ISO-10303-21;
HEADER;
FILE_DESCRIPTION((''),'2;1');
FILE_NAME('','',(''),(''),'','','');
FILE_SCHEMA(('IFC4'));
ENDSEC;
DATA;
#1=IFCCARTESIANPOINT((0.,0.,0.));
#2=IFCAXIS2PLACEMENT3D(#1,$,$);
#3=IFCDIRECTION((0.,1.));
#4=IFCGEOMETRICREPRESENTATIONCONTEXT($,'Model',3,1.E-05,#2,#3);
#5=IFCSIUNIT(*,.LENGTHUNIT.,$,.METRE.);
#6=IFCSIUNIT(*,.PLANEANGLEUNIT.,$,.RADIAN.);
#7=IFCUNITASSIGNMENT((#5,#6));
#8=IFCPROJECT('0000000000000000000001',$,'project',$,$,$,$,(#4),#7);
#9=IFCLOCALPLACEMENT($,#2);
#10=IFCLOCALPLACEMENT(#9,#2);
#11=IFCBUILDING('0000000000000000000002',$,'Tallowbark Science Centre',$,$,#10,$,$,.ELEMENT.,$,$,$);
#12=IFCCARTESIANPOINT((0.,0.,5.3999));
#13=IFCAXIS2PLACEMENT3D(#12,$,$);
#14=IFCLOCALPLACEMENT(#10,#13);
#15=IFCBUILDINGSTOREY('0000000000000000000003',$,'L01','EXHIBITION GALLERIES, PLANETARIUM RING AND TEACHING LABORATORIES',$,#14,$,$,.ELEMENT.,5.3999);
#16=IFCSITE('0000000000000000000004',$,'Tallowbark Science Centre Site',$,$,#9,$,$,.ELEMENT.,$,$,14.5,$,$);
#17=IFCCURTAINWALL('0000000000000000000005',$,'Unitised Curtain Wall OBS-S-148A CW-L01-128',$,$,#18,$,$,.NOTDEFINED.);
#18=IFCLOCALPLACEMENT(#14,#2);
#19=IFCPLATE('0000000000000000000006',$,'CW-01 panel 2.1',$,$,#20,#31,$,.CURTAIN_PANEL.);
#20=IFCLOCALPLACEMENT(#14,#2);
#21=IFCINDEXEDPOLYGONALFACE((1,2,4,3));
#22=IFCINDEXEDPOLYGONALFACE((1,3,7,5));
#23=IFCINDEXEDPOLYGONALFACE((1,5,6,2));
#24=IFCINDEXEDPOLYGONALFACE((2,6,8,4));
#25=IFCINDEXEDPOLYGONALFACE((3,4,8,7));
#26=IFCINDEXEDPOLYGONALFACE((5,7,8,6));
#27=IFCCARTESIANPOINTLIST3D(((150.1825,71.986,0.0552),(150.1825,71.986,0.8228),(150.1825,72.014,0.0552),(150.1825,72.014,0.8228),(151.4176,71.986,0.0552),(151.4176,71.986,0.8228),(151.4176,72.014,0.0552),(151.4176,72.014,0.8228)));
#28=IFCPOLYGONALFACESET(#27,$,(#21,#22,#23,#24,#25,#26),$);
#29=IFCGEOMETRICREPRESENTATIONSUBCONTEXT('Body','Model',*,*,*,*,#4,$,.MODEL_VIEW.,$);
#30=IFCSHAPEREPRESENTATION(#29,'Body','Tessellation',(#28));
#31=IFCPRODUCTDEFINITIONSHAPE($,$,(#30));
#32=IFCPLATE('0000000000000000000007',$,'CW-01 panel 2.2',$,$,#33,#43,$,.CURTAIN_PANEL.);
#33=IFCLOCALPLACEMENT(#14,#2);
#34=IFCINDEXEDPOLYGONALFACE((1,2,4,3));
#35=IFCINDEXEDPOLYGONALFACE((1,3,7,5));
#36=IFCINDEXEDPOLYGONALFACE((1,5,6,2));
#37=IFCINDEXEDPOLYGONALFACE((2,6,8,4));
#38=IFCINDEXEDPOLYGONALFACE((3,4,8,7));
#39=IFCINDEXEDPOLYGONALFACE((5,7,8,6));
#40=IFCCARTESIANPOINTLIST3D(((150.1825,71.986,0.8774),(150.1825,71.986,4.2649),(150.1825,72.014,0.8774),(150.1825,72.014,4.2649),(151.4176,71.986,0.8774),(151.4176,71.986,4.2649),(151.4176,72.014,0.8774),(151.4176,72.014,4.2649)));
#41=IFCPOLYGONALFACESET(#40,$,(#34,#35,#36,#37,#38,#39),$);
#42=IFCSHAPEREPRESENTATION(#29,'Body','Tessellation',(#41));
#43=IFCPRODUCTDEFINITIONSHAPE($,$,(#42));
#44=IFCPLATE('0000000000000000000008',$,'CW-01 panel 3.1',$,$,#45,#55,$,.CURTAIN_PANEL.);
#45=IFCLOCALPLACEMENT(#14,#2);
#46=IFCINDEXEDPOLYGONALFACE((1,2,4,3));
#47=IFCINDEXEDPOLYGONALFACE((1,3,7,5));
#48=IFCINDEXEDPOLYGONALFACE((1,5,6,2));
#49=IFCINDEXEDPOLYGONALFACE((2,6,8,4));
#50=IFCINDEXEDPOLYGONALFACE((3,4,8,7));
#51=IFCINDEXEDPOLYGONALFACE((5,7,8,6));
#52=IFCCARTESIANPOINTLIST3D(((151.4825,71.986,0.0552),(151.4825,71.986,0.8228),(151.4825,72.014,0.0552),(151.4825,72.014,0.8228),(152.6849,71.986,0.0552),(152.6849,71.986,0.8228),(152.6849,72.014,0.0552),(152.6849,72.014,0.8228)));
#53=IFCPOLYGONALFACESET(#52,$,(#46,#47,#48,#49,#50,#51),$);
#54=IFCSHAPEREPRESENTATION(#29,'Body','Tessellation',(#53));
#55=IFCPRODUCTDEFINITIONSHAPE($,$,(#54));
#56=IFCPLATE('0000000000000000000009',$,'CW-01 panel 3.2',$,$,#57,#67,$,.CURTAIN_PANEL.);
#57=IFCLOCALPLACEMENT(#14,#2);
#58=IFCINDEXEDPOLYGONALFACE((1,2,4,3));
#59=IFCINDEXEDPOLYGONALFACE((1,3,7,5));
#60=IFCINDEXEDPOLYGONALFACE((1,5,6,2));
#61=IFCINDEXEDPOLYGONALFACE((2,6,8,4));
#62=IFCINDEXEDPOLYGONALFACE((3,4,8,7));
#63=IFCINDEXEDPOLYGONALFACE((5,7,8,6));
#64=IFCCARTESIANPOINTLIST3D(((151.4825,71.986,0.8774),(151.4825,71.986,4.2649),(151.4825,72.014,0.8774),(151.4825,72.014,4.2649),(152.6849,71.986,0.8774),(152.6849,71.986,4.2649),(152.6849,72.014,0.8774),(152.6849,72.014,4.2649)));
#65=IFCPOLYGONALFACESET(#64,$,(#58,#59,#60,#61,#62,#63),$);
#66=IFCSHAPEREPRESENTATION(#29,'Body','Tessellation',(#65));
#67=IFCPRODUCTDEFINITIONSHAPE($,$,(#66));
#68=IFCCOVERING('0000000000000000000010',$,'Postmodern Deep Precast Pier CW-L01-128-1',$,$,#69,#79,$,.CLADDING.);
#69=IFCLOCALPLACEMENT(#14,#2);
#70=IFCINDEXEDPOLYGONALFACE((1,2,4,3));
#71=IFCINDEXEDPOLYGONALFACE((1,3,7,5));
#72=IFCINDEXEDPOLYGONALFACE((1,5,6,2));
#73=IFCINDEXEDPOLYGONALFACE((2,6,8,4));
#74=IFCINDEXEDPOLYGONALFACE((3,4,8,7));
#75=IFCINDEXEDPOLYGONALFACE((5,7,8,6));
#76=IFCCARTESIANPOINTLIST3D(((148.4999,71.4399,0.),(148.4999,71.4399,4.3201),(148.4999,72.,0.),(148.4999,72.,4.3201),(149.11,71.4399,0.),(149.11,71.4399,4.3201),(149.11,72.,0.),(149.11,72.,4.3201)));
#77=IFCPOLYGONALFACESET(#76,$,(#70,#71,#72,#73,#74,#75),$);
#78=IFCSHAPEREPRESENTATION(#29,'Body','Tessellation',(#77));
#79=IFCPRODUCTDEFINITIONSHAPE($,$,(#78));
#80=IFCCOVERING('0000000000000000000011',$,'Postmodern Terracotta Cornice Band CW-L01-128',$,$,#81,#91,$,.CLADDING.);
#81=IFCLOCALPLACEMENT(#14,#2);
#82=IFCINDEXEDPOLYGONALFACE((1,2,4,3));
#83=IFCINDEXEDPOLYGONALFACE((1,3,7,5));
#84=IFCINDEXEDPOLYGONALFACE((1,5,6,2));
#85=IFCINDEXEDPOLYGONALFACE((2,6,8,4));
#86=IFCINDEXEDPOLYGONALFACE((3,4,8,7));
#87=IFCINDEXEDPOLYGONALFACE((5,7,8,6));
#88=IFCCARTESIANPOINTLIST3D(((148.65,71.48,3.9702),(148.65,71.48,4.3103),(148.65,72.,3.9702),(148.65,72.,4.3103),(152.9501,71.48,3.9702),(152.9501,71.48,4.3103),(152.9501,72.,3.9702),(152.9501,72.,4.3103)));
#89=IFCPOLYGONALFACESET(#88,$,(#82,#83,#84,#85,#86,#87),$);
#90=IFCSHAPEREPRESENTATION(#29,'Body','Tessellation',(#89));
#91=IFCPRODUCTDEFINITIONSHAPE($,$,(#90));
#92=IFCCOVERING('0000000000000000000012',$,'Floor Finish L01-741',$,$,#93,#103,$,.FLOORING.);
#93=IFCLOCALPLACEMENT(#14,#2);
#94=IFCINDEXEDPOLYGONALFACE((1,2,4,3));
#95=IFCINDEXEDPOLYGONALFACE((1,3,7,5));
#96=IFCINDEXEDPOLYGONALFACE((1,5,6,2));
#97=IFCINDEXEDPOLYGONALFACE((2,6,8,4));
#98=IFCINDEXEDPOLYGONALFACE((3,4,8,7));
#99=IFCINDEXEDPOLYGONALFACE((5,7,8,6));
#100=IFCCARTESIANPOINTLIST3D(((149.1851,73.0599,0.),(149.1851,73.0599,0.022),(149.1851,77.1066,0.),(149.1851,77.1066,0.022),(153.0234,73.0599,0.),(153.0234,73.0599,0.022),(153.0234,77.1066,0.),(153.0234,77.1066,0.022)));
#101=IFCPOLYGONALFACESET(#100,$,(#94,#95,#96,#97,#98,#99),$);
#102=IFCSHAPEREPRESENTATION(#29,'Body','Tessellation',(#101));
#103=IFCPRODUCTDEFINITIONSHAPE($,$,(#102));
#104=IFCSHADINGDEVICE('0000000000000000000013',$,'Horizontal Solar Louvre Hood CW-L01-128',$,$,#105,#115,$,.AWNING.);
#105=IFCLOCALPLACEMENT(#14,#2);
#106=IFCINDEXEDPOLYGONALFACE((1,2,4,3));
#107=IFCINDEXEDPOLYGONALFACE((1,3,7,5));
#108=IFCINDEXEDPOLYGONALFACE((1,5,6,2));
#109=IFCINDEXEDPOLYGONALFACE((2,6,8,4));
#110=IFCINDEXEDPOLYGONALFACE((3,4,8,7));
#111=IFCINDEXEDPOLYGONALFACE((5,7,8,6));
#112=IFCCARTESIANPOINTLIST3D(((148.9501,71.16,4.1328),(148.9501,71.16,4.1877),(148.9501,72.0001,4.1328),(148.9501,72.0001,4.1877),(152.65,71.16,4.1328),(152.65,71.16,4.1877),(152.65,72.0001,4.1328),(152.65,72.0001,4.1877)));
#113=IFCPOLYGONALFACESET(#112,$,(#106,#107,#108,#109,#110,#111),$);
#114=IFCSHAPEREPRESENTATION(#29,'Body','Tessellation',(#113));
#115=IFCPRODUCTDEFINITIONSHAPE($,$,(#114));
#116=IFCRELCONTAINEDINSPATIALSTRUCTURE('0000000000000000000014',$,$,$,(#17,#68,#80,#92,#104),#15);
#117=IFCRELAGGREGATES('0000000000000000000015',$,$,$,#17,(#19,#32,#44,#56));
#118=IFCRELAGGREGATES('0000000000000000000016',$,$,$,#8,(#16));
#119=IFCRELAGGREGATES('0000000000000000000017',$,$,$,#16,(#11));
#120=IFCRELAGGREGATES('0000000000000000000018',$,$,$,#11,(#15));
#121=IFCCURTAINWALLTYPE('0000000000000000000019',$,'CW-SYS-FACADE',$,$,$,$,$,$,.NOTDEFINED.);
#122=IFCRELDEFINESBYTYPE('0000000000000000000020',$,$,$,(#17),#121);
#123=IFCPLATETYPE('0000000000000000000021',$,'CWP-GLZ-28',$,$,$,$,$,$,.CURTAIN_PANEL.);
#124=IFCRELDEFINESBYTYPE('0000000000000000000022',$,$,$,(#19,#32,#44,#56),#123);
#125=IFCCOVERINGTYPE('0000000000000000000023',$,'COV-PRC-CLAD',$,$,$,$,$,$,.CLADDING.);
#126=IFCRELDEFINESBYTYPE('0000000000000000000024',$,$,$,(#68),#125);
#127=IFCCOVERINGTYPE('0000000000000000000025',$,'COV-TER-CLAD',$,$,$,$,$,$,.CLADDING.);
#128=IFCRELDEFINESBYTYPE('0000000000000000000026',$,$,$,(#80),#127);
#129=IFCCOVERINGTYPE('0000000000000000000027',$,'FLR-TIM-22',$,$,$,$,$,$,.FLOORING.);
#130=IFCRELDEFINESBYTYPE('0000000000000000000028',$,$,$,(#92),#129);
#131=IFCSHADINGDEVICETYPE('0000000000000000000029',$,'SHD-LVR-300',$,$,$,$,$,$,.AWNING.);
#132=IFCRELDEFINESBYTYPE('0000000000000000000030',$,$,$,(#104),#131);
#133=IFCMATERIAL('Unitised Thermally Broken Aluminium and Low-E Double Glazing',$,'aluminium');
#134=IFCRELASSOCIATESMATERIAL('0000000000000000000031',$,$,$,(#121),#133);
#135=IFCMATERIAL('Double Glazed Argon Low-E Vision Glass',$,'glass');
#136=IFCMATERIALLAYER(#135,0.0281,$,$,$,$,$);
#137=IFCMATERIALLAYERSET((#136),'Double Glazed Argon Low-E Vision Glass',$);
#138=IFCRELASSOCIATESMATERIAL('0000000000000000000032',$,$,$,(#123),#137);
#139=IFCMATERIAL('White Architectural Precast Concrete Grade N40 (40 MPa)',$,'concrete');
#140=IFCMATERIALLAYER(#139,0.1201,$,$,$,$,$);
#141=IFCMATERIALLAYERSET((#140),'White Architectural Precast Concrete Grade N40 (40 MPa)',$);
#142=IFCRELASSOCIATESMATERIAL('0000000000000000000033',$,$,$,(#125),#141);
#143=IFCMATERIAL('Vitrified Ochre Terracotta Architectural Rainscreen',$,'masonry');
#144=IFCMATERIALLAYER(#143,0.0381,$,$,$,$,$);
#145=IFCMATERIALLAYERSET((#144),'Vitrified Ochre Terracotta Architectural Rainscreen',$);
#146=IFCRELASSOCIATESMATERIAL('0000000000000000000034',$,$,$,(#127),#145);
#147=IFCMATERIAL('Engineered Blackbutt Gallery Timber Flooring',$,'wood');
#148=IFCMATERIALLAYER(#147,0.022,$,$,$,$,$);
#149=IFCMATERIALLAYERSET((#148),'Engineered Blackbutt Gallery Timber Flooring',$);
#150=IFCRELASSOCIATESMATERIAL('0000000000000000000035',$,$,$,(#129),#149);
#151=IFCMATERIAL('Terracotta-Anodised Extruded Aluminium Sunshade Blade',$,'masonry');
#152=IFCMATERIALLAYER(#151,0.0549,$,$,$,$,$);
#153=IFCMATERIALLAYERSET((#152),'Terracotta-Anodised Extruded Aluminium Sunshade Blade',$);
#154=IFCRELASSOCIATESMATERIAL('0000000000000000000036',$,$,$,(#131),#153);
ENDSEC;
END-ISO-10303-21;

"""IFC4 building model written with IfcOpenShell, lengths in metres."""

from ifc_helpers import new_model, si_unit, direction, frame, origin, origin_2d, place, context, subcontext, project, spatial, rectangle, extrude, material, layer, layer_set, type_object, element, aggregate, save


model = new_model("IFC4")

# Units and contexts
model_context = context("Model", 3, precision=1e-05, world=origin(), true_north=direction((0.0, 1.0)))
body_context = subcontext(model_context, "Body", "Model", "MODEL_VIEW")
ifc_project = project(units=[si_unit("LENGTHUNIT", "METRE"), si_unit("PLANEANGLEUNIT", "RADIAN")], contexts=[model_context])

# Site, building, storey
site_placement = place(None, origin())
site = spatial("IfcSite", under=ifc_project, at=site_placement, Name="Tallowbark Science Centre Site", CompositionType="ELEMENT", RefElevation=14.5)
building_placement = place(site_placement, origin())
building = spatial("IfcBuilding", under=site, at=building_placement, Name="Tallowbark Science Centre", CompositionType="ELEMENT")
storey_placement = place(building_placement, frame((0.0, 0.0, 5.3999)))
storey = spatial("IfcBuildingStorey", under=building, at=storey_placement, Name="L01", Description="EXHIBITION GALLERIES, PLANETARIUM RING AND TEACHING LABORATORIES", CompositionType="ELEMENT", Elevation=5.3999)

# Curtain wall
ifc_material_1 = material(Name="Unitised Thermally Broken Aluminium and Low-E Double Glazing", Category="aluminium")
curtain_wall_type = type_object("IfcCurtainWallType", Name="CW-SYS-FACADE", PredefinedType="NOTDEFINED", material=ifc_material_1)
curtain_wall_placement = place(storey_placement, origin())
curtain_wall = element("IfcCurtainWall", 1, at=curtain_wall_placement, inside=storey, type_object=curtain_wall_type, Name="Unitised Curtain Wall OBS-S-148A CW-L01-128", PredefinedType="NOTDEFINED")

# Plates
ifc_material_2 = material(Name="Double Glazed Argon Low-E Vision Glass", Category="glass")
ifc_layer_1 = layer(ifc_material_2, 0.0281)
ifc_layer_set_1 = layer_set([ifc_layer_1], Name="Double Glazed Argon Low-E Vision Glass")
plate_type = type_object("IfcPlateType", Name="CWP-GLZ-28", PredefinedType="CURTAIN_PANEL", material=ifc_layer_set_1)
plate_1_placement = place(storey_placement, frame((150.8, 72.0, 0.0552), z_axis=(0.0, 0.0, 1.0), x_axis=(1.0, 0.0, 0.0)))
plate_1 = element("IfcPlate", 2, at=plate_1_placement, type_object=plate_type, Name="CW-01 panel 2.1", PredefinedType="CURTAIN_PANEL", context=body_context, shape_type="SweptSolid", body=[
    extrude(rectangle(XDim=1.2351, YDim=0.0281, at=origin_2d()), origin(), (0.0, 0.0, 1.0), 0.7676),
])
plate_2_placement = place(storey_placement, frame((150.8, 72.0, 0.8774), z_axis=(0.0, 0.0, 1.0), x_axis=(1.0, 0.0, 0.0)))
plate_2 = element("IfcPlate", 3, at=plate_2_placement, type_object=plate_type, Name="CW-01 panel 2.2", PredefinedType="CURTAIN_PANEL", context=body_context, shape_type="SweptSolid", body=[
    extrude(rectangle(XDim=1.2351, YDim=0.0281, at=origin_2d()), origin(), (0.0, 0.0, 1.0), 3.3875),
])
plate_3_placement = place(storey_placement, frame((152.0837, 72.0, 0.0552), z_axis=(0.0, 0.0, 1.0), x_axis=(1.0, 0.0, 0.0)))
plate_3 = element("IfcPlate", 4, at=plate_3_placement, type_object=plate_type, Name="CW-01 panel 3.1", PredefinedType="CURTAIN_PANEL", context=body_context, shape_type="SweptSolid", body=[
    extrude(rectangle(XDim=1.2024, YDim=0.0281, at=origin_2d()), origin(), (0.0, 0.0, 1.0), 0.7676),
])
plate_4_placement = place(storey_placement, frame((152.0837, 72.0, 0.8774), z_axis=(0.0, 0.0, 1.0), x_axis=(1.0, 0.0, 0.0)))
plate_4 = element("IfcPlate", 5, at=plate_4_placement, type_object=plate_type, Name="CW-01 panel 3.2", PredefinedType="CURTAIN_PANEL", context=body_context, shape_type="SweptSolid", body=[
    extrude(rectangle(XDim=1.2024, YDim=0.0281, at=origin_2d()), origin(), (0.0, 0.0, 1.0), 3.3875),
])
aggregate(curtain_wall, [plate_1, plate_2, plate_3, plate_4])

# Coverings
ifc_material_3 = material(Name="White Architectural Precast Concrete Grade N40 (40 MPa)", Category="concrete")
ifc_layer_2 = layer(ifc_material_3, 0.1201)
ifc_layer_set_2 = layer_set([ifc_layer_2], Name="White Architectural Precast Concrete Grade N40 (40 MPa)")
covering_type_1 = type_object("IfcCoveringType", Name="COV-PRC-CLAD", PredefinedType="CLADDING", material=ifc_layer_set_2)
covering_1_placement = place(storey_placement, frame((148.8049, 71.72, 0.0), z_axis=(0.0, 0.0, 1.0), x_axis=(1.0, 0.0, 0.0)))
element("IfcCovering", 6, at=covering_1_placement, inside=storey, type_object=covering_type_1, Name="Postmodern Deep Precast Pier CW-L01-128-1", PredefinedType="CLADDING", context=body_context, shape_type="SweptSolid", body=[
    extrude(rectangle(XDim=0.6101, YDim=0.5601, at=origin_2d()), origin(), (0.0, 0.0, 1.0), 4.3201),
])
ifc_material_4 = material(Name="Vitrified Ochre Terracotta Architectural Rainscreen", Category="masonry")
ifc_layer_3 = layer(ifc_material_4, 0.0381)
ifc_layer_set_3 = layer_set([ifc_layer_3], Name="Vitrified Ochre Terracotta Architectural Rainscreen")
covering_type_2 = type_object("IfcCoveringType", Name="COV-TER-CLAD", PredefinedType="CLADDING", material=ifc_layer_set_3)
covering_2_placement = place(storey_placement, frame((150.8, 71.74, 3.9702), z_axis=(0.0, 0.0, 1.0), x_axis=(1.0, 0.0, 0.0)))
element("IfcCovering", 7, at=covering_2_placement, inside=storey, type_object=covering_type_2, Name="Postmodern Terracotta Cornice Band CW-L01-128", PredefinedType="CLADDING", context=body_context, shape_type="SweptSolid", body=[
    extrude(rectangle(XDim=4.3, YDim=0.52, at=origin_2d()), origin(), (0.0, 0.0, 1.0), 0.3401),
])
ifc_material_5 = material(Name="Engineered Blackbutt Gallery Timber Flooring", Category="wood")
ifc_layer_4 = layer(ifc_material_5, 0.022)
ifc_layer_set_4 = layer_set([ifc_layer_4], Name="Engineered Blackbutt Gallery Timber Flooring")
covering_type_3 = type_object("IfcCoveringType", Name="FLR-TIM-22", PredefinedType="FLOORING", material=ifc_layer_set_4)
covering_3_placement = place(storey_placement, frame((151.1042, 75.0833, 0.0), z_axis=(0.0, 0.0, 1.0), x_axis=(1.0, 0.0, 0.0)))
element("IfcCovering", 8, at=covering_3_placement, inside=storey, type_object=covering_type_3, Name="Floor Finish L01-741", PredefinedType="FLOORING", context=body_context, shape_type="SweptSolid", body=[
    extrude(rectangle(XDim=3.8384, YDim=4.0466, at=origin_2d()), origin(), (0.0, 0.0, 1.0), 0.022),
])

# Shading device
ifc_material_6 = material(Name="Terracotta-Anodised Extruded Aluminium Sunshade Blade", Category="masonry")
ifc_layer_5 = layer(ifc_material_6, 0.0549)
ifc_layer_set_5 = layer_set([ifc_layer_5], Name="Terracotta-Anodised Extruded Aluminium Sunshade Blade")
shading_device_type = type_object("IfcShadingDeviceType", Name="SHD-LVR-300", PredefinedType="AWNING", material=ifc_layer_set_5)
shading_device_placement = place(storey_placement, frame((150.8, 71.5801, 4.1328), z_axis=(0.0, 0.0, 1.0), x_axis=(1.0, 0.0, 0.0)))
element("IfcShadingDevice", 9, at=shading_device_placement, inside=storey, type_object=shading_device_type, Name="Horizontal Solar Louvre Hood CW-L01-128", PredefinedType="AWNING", context=body_context, shape_type="SweptSolid", body=[
    extrude(rectangle(XDim=3.7, YDim=0.8401, at=origin_2d()), origin(), (0.0, 0.0, 1.0), 0.0549),
])

save(model, "model.ifc")
